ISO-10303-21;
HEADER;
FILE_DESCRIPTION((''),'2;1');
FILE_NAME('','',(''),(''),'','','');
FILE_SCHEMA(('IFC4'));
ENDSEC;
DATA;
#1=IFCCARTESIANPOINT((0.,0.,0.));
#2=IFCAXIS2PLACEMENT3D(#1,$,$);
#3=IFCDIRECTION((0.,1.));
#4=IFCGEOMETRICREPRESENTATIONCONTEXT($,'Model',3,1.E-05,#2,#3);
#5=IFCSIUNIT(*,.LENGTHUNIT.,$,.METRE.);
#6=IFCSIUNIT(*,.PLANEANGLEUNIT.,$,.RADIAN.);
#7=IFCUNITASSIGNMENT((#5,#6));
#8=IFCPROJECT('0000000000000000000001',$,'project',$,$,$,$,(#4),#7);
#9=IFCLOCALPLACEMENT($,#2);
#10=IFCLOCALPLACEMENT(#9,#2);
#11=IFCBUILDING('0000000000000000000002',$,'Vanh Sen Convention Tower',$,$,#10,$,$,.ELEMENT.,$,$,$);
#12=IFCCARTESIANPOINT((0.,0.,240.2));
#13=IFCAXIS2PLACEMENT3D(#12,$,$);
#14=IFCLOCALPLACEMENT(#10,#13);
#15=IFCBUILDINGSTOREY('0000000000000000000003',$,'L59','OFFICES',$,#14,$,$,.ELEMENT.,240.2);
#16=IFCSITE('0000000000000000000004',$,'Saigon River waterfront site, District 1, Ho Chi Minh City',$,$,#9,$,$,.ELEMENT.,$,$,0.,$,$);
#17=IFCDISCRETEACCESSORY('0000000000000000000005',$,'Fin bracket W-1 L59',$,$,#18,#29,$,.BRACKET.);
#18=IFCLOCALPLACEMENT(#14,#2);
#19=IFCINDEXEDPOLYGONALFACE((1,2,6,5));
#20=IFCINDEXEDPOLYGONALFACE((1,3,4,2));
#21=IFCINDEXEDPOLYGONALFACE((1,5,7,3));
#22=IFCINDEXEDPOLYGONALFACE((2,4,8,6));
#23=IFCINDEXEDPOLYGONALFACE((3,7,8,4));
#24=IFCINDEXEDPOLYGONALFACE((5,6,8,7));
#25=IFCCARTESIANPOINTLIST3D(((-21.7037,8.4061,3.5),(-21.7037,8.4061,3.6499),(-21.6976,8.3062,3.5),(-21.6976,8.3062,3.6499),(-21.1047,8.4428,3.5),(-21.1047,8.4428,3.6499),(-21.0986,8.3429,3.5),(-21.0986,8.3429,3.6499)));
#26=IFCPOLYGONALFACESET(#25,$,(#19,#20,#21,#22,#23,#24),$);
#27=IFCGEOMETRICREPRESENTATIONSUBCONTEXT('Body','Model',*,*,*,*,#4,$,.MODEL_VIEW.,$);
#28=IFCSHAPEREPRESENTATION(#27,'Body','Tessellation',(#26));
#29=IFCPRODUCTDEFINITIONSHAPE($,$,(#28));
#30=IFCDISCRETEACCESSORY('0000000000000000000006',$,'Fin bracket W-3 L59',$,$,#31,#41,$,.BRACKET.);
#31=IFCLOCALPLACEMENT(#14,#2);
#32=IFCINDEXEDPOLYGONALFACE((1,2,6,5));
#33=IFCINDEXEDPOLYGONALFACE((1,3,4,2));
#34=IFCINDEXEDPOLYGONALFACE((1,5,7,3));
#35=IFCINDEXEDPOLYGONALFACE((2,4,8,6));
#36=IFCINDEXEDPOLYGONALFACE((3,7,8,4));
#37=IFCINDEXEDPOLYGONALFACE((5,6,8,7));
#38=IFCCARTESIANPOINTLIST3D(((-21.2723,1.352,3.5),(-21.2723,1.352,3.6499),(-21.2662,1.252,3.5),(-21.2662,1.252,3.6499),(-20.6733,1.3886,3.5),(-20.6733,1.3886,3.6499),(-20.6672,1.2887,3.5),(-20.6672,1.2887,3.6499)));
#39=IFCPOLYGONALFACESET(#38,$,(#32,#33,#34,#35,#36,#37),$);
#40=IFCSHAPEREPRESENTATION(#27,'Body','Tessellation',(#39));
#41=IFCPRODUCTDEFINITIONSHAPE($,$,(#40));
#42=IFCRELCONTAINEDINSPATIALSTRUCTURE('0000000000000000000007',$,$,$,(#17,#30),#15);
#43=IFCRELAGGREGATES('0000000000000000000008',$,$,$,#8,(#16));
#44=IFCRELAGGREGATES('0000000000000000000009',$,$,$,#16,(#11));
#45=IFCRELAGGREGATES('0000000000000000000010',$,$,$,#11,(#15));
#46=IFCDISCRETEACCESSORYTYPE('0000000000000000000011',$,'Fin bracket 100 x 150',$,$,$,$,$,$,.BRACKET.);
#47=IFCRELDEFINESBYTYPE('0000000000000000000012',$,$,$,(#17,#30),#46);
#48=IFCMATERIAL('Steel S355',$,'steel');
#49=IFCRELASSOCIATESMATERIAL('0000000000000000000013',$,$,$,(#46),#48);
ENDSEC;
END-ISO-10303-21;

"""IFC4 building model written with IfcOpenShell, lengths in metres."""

from ifc_helpers import new_model, si_unit, direction, frame, origin, origin_2d, place, context, subcontext, project, spatial, rectangle, extrude, material, type_object, element, save


model = new_model("IFC4")

# Units and contexts
model_context = context("Model", 3, precision=1e-05, world=origin(), true_north=direction((0.0, 1.0)))
body_context = subcontext(model_context, "Body", "Model", "MODEL_VIEW")
ifc_project = project(units=[si_unit("LENGTHUNIT", "METRE"), si_unit("PLANEANGLEUNIT", "RADIAN")], contexts=[model_context])

# Site, building, storey
site_placement = place(None, origin())
site = spatial("IfcSite", under=ifc_project, at=site_placement, Name="Saigon River waterfront site, District 1, Ho Chi Minh City", CompositionType="ELEMENT", RefElevation=0.0)
building_placement = place(site_placement, origin())
building = spatial("IfcBuilding", under=site, at=building_placement, Name="Vanh Sen Convention Tower", CompositionType="ELEMENT")
storey_placement = place(building_placement, frame((0.0, 0.0, 240.2)))
storey = spatial("IfcBuildingStorey", under=building, at=storey_placement, Name="L59", Description="OFFICES", CompositionType="ELEMENT", Elevation=240.2)

# Discrete accessories
ifc_material_1 = material(Name="Steel S355", Category="steel")
discrete_accessory_type = type_object("IfcDiscreteAccessoryType", Name="Fin bracket 100 x 150", PredefinedType="BRACKET", material=ifc_material_1)
for number, where, z_axis, x_axis, name in (
    (1, (-21.4011, 8.3745, 3.5), (0.0, 0.0, 1.0), (-0.998135, -0.061049, 0.0), "Fin bracket W-1 L59"),
    (2, (-20.9697, 1.3203, 3.5), (0.0, 0.0, 1.0), (-0.998135, -0.061049, 0.0), "Fin bracket W-3 L59"),
):
    element("IfcDiscreteAccessory", number, at=place(storey_placement, frame(where, z_axis=z_axis, x_axis=x_axis)), inside=storey, type_object=discrete_accessory_type, Name=name, PredefinedType="BRACKET", context=body_context, shape_type="SweptSolid", body=[
        extrude(rectangle(XDim=0.6001, YDim=0.1001, at=origin_2d()), origin(), (0.0, 0.0, 1.0), 0.1499),
    ])

save(model, "model.ifc")
